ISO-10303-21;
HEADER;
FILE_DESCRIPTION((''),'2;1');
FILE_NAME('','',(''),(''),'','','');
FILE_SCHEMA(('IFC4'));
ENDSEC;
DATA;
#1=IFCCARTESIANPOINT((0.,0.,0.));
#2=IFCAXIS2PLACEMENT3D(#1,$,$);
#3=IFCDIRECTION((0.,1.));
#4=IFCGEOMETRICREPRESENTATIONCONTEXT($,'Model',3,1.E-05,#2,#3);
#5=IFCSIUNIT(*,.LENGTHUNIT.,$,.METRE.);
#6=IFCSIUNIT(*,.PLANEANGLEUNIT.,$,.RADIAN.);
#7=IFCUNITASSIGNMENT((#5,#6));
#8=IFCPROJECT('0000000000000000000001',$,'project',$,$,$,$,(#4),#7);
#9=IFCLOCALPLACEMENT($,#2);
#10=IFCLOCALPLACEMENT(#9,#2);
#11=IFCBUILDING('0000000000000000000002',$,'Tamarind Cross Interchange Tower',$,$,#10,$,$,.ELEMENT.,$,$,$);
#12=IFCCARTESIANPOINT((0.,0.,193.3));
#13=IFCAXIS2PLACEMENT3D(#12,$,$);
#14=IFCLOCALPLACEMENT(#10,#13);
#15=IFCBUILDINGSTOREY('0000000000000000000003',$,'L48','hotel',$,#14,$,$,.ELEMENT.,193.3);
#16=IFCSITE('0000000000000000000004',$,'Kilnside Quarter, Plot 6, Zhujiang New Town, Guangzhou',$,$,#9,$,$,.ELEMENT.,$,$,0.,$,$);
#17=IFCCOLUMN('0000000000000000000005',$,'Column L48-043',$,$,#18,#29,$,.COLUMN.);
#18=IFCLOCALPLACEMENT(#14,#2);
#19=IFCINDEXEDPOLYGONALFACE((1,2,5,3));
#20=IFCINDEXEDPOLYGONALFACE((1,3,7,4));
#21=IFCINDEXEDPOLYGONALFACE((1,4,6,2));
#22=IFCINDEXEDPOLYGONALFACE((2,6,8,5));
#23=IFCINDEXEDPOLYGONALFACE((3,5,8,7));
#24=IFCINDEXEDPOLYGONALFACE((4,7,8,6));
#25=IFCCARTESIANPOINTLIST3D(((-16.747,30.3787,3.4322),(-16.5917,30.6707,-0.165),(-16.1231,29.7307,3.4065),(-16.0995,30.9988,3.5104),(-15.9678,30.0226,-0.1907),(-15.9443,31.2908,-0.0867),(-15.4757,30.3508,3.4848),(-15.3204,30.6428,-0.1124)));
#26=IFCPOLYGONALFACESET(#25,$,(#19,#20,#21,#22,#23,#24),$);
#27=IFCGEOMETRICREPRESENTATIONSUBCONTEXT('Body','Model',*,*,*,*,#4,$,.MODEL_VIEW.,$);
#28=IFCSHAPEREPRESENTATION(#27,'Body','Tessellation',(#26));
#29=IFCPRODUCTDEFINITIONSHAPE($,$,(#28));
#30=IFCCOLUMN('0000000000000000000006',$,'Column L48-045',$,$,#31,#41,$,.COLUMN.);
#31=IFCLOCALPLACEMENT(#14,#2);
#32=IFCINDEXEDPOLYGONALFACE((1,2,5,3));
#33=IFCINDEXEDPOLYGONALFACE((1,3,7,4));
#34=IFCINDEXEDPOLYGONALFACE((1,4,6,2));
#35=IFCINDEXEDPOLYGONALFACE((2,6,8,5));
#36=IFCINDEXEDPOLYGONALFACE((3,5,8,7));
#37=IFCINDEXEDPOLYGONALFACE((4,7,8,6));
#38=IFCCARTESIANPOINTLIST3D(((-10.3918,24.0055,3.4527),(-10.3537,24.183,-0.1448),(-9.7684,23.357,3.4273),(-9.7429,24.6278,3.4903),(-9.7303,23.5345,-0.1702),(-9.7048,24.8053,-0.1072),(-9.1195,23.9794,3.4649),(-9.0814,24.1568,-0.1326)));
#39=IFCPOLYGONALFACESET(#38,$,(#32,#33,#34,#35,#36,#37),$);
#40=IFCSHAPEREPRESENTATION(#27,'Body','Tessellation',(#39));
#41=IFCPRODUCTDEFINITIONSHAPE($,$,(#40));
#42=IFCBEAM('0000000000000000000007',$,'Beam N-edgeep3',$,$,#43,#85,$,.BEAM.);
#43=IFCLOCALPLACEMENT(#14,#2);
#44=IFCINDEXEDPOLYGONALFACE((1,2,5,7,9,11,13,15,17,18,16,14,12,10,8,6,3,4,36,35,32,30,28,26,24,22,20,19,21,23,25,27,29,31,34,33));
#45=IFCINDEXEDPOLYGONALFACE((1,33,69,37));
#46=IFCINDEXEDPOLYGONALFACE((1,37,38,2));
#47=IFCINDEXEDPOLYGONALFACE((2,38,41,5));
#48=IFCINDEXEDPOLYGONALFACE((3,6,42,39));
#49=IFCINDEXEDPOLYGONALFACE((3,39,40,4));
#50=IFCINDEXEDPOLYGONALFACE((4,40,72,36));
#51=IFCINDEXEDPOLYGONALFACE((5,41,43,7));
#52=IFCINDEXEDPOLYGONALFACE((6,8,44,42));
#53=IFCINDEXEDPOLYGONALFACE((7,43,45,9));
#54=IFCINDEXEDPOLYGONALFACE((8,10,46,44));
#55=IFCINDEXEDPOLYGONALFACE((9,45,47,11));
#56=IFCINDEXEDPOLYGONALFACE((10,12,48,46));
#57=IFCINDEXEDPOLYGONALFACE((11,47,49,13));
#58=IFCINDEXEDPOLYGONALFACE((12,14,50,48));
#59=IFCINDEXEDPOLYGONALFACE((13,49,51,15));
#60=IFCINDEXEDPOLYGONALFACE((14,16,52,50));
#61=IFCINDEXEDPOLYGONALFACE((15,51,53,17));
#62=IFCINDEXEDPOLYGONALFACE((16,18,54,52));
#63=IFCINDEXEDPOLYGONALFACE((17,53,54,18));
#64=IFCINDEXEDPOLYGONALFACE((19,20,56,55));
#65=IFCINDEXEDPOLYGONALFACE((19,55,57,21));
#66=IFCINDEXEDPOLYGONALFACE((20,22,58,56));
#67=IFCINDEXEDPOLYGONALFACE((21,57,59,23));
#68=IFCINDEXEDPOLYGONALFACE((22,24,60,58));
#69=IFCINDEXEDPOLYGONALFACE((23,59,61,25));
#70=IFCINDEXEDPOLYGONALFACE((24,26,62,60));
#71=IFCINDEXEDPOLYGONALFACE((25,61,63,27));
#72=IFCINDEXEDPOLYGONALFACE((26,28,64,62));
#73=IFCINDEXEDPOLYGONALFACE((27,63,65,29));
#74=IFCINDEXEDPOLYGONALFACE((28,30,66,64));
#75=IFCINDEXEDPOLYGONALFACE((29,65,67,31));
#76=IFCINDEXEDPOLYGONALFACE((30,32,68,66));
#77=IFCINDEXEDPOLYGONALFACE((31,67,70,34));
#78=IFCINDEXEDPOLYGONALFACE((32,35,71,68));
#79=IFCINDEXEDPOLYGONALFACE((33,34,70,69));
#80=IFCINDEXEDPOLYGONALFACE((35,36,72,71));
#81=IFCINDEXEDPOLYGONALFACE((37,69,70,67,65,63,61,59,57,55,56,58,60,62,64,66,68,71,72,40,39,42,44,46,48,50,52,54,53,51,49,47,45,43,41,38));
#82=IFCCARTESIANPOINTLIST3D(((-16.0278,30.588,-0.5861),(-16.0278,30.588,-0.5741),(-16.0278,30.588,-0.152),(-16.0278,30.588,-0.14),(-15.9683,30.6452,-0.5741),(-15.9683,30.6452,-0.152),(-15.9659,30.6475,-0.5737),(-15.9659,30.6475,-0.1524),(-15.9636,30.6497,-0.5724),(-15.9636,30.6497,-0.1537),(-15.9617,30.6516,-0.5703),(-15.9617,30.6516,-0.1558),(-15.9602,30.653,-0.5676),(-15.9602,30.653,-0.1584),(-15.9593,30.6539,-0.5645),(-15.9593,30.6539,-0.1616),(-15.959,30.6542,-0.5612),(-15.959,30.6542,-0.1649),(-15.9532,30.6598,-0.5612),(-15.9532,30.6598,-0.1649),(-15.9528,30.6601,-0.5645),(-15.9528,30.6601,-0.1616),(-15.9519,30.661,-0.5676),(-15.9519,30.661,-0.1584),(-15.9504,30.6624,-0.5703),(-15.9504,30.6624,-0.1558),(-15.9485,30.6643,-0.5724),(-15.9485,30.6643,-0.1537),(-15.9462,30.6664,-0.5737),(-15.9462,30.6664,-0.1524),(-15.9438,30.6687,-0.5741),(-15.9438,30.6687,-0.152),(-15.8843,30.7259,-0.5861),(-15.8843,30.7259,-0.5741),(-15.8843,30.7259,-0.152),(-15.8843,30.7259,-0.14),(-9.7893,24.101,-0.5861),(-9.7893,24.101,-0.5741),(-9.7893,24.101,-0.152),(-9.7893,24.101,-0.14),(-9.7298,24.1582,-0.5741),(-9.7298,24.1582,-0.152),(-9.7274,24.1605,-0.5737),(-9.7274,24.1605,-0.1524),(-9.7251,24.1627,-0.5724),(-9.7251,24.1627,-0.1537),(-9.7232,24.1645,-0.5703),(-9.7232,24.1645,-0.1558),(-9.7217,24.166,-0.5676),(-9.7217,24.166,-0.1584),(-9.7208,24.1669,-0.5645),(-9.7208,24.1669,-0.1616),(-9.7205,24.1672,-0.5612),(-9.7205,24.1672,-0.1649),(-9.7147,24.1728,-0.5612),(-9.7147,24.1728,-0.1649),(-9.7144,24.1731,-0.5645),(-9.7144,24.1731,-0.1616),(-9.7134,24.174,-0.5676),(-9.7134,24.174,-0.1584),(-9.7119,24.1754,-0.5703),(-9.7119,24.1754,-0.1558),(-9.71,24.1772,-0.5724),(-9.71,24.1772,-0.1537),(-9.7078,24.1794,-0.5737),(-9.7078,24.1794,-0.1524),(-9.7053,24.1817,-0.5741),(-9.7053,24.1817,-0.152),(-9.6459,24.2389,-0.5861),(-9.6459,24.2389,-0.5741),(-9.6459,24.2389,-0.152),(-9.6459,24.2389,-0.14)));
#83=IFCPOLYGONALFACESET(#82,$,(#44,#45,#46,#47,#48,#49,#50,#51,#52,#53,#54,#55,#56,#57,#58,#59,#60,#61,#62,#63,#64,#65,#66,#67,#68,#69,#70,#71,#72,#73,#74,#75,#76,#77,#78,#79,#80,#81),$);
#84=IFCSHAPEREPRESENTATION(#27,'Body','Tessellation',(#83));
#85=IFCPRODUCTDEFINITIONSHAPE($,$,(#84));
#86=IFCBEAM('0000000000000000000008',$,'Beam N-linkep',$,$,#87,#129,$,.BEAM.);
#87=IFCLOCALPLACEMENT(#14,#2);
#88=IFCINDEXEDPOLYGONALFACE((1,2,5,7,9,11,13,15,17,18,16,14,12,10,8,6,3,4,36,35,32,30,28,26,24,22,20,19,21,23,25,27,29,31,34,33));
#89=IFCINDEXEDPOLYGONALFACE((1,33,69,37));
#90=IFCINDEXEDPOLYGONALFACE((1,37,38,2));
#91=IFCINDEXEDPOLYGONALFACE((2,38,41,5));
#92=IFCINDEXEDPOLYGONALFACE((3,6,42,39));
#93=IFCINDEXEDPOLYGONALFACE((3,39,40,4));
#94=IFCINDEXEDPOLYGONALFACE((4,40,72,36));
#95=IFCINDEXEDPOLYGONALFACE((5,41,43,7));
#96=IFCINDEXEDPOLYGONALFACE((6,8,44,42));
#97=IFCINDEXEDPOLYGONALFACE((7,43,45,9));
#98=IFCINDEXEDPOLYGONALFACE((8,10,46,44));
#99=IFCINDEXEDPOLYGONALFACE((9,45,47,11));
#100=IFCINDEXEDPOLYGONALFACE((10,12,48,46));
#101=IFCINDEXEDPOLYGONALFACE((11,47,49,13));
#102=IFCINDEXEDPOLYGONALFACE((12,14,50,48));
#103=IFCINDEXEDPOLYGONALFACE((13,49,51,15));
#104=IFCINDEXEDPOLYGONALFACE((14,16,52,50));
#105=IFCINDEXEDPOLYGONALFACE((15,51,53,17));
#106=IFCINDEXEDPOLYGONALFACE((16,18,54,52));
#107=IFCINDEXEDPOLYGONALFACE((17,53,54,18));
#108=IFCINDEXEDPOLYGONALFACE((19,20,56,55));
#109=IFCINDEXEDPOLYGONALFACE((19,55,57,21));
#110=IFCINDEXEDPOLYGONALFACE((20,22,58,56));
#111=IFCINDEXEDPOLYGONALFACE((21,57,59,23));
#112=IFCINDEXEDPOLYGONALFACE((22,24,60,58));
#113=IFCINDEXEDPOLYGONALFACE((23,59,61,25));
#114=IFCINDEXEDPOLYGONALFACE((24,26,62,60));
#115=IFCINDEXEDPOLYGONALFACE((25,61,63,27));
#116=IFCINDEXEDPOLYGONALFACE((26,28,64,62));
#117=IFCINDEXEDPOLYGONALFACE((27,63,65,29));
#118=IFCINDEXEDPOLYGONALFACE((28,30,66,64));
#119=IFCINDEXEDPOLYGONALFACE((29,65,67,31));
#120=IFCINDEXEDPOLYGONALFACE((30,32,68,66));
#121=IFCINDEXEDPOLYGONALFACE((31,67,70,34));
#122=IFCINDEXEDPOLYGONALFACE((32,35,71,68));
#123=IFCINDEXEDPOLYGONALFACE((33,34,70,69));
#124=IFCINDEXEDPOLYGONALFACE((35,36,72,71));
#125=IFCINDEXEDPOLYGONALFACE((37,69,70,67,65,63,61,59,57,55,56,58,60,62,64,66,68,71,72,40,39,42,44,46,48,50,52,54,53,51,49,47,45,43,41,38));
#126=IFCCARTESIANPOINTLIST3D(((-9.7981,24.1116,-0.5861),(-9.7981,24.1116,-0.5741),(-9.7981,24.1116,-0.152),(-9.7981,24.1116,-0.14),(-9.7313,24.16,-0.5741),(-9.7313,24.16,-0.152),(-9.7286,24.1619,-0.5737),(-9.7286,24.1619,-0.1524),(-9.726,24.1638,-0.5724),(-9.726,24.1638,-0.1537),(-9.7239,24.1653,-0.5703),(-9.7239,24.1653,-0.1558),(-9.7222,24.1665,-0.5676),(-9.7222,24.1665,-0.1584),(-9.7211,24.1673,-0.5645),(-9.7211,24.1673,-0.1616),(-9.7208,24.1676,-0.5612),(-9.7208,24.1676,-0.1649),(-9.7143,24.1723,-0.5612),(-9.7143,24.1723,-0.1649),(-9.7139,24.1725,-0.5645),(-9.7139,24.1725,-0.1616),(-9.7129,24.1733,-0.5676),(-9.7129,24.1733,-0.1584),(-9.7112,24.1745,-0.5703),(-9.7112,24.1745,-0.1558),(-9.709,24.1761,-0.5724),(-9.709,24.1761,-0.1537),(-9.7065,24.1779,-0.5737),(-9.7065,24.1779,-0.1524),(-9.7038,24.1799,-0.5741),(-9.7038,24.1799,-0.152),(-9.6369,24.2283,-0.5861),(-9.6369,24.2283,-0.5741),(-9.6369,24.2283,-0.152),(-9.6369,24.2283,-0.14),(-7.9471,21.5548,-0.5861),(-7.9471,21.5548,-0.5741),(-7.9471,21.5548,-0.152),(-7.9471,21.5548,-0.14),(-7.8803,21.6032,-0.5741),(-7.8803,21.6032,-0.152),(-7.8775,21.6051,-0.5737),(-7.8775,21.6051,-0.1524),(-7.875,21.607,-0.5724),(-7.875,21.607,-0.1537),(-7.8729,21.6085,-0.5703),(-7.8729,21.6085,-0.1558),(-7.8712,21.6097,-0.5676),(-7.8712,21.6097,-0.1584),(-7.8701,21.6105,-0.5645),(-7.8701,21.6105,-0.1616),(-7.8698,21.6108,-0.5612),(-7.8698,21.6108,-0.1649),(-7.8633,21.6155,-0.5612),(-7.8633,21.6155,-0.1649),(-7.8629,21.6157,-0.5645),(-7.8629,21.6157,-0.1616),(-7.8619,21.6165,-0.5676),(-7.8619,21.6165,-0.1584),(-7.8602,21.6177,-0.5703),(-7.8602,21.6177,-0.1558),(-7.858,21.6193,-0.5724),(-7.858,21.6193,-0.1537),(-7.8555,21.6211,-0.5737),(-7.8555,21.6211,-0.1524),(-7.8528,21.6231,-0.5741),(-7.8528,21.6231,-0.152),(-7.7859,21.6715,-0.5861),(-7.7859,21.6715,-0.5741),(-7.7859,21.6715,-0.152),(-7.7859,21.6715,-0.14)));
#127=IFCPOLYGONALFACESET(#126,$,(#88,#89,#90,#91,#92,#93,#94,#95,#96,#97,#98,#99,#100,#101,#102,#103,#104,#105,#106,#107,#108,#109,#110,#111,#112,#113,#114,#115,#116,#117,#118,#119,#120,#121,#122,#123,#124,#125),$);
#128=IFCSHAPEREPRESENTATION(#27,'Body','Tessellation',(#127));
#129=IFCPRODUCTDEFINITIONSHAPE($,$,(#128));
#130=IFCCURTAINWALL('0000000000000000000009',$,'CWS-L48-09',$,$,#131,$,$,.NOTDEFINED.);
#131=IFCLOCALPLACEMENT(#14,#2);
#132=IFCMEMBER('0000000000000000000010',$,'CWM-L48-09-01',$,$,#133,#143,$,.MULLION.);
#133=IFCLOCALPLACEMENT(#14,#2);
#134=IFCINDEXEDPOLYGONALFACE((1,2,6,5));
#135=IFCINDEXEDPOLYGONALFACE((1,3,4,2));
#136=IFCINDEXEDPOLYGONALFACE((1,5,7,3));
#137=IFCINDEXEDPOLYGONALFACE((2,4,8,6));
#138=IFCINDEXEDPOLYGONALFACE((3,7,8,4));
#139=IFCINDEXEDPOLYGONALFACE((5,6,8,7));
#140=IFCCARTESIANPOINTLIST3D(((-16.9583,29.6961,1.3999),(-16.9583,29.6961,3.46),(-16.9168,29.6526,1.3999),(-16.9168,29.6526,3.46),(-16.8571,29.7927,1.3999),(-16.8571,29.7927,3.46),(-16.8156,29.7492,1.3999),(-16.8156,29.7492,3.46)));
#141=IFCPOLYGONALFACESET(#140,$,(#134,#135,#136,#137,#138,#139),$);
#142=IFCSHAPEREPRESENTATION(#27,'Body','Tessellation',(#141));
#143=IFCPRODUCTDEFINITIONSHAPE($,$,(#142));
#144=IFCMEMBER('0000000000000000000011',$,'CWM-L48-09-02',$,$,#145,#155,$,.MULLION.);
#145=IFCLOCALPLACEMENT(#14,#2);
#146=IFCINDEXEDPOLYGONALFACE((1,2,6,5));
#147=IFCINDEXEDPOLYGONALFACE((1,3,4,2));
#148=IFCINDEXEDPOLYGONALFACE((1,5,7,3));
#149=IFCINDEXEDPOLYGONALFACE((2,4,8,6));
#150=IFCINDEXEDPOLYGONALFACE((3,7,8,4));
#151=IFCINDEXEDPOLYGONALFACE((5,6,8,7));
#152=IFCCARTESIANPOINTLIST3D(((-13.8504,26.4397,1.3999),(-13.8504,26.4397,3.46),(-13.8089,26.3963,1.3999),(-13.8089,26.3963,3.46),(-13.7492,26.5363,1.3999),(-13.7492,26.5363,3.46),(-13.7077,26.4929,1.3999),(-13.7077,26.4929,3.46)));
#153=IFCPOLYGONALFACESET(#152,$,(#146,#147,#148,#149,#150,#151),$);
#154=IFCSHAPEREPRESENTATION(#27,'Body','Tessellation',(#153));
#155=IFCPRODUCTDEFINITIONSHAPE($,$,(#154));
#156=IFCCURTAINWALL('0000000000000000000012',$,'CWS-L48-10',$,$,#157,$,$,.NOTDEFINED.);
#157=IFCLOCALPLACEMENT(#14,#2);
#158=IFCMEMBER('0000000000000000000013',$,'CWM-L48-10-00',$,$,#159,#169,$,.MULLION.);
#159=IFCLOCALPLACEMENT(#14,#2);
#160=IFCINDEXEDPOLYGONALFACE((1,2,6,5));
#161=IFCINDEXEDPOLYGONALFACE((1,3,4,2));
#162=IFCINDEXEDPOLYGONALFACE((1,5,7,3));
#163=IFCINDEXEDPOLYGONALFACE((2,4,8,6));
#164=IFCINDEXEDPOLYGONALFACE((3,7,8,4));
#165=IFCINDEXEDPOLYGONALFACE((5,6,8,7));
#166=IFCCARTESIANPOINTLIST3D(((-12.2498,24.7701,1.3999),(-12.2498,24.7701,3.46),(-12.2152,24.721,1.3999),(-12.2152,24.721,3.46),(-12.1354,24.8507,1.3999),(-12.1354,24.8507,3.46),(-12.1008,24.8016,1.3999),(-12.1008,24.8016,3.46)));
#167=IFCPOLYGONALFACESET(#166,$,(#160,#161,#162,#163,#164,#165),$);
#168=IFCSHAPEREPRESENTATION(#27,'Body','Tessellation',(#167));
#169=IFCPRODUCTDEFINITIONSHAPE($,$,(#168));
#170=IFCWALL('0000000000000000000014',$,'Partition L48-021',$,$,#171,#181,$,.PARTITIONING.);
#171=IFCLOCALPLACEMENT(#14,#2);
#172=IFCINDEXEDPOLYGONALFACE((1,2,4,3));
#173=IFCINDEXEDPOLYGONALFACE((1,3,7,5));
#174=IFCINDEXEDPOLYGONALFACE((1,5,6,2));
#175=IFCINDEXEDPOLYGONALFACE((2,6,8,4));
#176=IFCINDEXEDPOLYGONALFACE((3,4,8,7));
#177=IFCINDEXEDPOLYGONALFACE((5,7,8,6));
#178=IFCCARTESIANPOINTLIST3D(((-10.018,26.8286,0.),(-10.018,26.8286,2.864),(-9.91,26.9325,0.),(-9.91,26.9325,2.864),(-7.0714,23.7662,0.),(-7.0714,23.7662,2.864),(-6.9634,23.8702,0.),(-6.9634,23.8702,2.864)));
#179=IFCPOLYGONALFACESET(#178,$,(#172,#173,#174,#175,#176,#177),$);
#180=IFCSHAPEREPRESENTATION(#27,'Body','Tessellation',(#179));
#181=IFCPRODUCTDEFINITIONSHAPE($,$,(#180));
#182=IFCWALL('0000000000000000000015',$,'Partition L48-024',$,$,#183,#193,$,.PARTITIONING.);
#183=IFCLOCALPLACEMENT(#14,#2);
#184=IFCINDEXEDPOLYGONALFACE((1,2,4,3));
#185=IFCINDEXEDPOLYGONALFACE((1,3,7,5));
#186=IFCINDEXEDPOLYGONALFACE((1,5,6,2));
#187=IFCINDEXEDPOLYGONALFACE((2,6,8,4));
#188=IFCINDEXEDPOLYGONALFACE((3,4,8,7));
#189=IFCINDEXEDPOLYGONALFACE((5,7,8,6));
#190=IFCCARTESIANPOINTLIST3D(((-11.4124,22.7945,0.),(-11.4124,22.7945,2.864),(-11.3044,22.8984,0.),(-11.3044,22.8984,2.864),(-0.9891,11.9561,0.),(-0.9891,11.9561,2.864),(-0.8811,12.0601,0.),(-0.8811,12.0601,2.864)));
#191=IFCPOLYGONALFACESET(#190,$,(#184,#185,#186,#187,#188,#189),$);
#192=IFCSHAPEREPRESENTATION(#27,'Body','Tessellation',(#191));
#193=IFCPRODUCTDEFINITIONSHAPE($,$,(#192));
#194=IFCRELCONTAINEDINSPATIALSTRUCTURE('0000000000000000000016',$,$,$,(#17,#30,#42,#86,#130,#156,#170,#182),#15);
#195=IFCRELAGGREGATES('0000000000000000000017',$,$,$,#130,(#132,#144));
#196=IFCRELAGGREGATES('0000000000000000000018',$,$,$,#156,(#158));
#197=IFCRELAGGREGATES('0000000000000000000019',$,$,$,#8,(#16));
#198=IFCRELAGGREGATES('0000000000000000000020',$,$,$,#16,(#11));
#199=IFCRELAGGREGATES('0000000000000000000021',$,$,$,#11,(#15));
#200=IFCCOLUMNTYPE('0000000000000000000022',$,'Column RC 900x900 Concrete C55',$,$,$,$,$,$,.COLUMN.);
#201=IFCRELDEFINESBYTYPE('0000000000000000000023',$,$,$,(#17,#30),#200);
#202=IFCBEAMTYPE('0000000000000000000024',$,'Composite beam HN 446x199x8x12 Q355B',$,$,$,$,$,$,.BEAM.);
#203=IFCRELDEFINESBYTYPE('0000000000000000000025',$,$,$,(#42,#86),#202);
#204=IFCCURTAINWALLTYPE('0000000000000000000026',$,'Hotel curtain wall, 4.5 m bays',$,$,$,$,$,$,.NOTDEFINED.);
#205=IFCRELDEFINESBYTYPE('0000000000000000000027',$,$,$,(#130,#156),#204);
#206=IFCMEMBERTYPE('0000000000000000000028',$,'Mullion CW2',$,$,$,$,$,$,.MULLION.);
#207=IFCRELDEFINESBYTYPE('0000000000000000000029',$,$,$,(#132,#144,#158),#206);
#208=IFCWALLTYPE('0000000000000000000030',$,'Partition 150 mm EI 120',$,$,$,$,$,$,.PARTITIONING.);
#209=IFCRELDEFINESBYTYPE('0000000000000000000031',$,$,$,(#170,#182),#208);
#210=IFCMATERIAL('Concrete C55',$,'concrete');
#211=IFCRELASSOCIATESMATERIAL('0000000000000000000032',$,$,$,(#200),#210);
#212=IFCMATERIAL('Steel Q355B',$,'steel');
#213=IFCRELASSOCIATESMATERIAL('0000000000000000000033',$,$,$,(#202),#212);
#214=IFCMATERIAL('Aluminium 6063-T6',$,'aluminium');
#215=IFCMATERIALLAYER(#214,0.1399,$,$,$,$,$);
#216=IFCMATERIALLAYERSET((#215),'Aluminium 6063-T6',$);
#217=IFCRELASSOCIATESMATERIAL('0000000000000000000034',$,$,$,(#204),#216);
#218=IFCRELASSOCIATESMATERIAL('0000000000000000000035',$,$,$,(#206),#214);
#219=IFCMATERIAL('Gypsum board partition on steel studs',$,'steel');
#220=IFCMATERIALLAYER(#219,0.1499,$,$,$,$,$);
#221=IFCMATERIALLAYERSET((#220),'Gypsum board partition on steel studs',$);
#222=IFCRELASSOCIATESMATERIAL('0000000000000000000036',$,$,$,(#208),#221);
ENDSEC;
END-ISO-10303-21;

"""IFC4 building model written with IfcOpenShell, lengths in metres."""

from ifc_helpers import new_model, si_unit, direction, frame, frame_2d, origin, origin_2d, place, context, subcontext, project, spatial, rectangle, i_section, extrude, material, layer, layer_set, material_profile, profile_set, type_object, element, aggregate, save


model = new_model("IFC4")

# Units and contexts
model_context = context("Model", 3, precision=1e-05, world=origin(), true_north=direction((0.0, 1.0)))
body_context = subcontext(model_context, "Body", "Model", "MODEL_VIEW")
ifc_project = project(units=[si_unit("LENGTHUNIT", "METRE"), si_unit("PLANEANGLEUNIT", "RADIAN")], contexts=[model_context])

# Site, building, storey
site_placement = place(None, origin())
site = spatial("IfcSite", under=ifc_project, at=site_placement, Name="Kilnside Quarter, Plot 6, Zhujiang New Town, Guangzhou", CompositionType="ELEMENT", RefElevation=0.0)
building_placement = place(site_placement, origin())
building = spatial("IfcBuilding", under=site, at=building_placement, Name="Tamarind Cross Interchange Tower", CompositionType="ELEMENT")
storey_placement = place(building_placement, frame((0.0, 0.0, 193.3)))
storey = spatial("IfcBuildingStorey", under=building, at=storey_placement, Name="L48", Description="hotel", CompositionType="ELEMENT", Elevation=193.3)

# Columns
ifc_material_1 = material(Name="Concrete C55", Category="concrete")
ifc_material_profile_1 = material_profile(ifc_material_1, rectangle(XDim=0.8999, YDim=0.8999, at=origin_2d()), Name="RC 900x900")
ifc_profile_set_1 = profile_set([ifc_material_profile_1], Name="Concrete C55")
column_type = type_object("IfcColumnType", Name="Column RC 900x900 Concrete C55", PredefinedType="COLUMN", material=ifc_profile_set_1)
column_1_placement = place(storey_placement, frame((-15.9561, 30.6567, -0.1387), z_axis=(-0.042984, -0.080832, 0.9958), x_axis=(0.719424, 0.689103, 0.086991)))
element("IfcColumn", 1, at=column_1_placement, inside=storey, type_object=column_type, Name="Column L48-043", PredefinedType="COLUMN", context=body_context, shape_type="SweptSolid", body=[
    extrude(rectangle(XDim=0.8999, YDim=0.8999, at=origin_2d()), origin(), (0.0, 0.0, 1.0), 3.6123),
])
column_2_placement = place(storey_placement, frame((-9.7175, 24.1699, -0.1387), z_axis=(-0.010574, -0.049276, 0.998729), x_axis=(0.721102, 0.69157, 0.041755)))
element("IfcColumn", 2, at=column_2_placement, inside=storey, type_object=column_type, Name="Column L48-045", PredefinedType="COLUMN", context=body_context, shape_type="SweptSolid", body=[
    extrude(rectangle(XDim=0.8999, YDim=0.8999, at=origin_2d()), origin(), (0.0, 0.0, 1.0), 3.6021),
])

# Beams
ifc_material_2 = material(Name="Steel Q355B", Category="steel")
ifc_material_profile_2 = material_profile(ifc_material_2, i_section(OverallWidth=0.199, OverallDepth=0.446, WebThickness=0.0081, FlangeThickness=0.012, FilletRadius=0.0129, at=origin_2d()), Name="HN 446x199x8x12")
ifc_profile_set_2 = profile_set([ifc_material_profile_2], Name="Steel Q355B")
beam_type = type_object("IfcBeamType", Name="Composite beam HN 446x199x8x12 Q355B", PredefinedType="BEAM", material=ifc_profile_set_2)
beam_1_placement = place(storey_placement, frame((-15.9561, 30.657, -0.363), z_axis=(0.693165, -0.720779, 0.0), x_axis=(0.720779, 0.693165, 0.0)))
element("IfcBeam", 3, at=beam_1_placement, inside=storey, type_object=beam_type, Name="Beam N-edgeep3", PredefinedType="BEAM", context=body_context, shape_type="SweptSolid", body=[
    extrude(i_section(OverallWidth=0.199, OverallDepth=0.446, WebThickness=0.0081, FlangeThickness=0.012, FilletRadius=0.0129, at=origin_2d()), origin(), (0.0, 0.0, 1.0), 9.0),
])
beam_2_placement = place(storey_placement, frame((-9.7175, 24.1699, -0.363), z_axis=(0.586414, -0.810012, 0.0), x_axis=(0.810012, 0.586414, 0.0)))
element("IfcBeam", 4, at=beam_2_placement, inside=storey, type_object=beam_type, Name="Beam N-linkep", PredefinedType="BEAM", context=body_context, shape_type="SweptSolid", body=[
    extrude(i_section(OverallWidth=0.199, OverallDepth=0.446, WebThickness=0.0081, FlangeThickness=0.012, FilletRadius=0.0129, at=origin_2d()), origin(), (0.0, 0.0, 1.0), 3.1565),
])

# Curtain wall, members
ifc_material_3 = material(Name="Aluminium 6063-T6", Category="aluminium")
ifc_layer_1 = layer(ifc_material_3, 0.1399)
ifc_layer_set_1 = layer_set([ifc_layer_1], Name="Aluminium 6063-T6")
curtain_wall_type = type_object("IfcCurtainWallType", Name="Hotel curtain wall, 4.5 m bays", PredefinedType="NOTDEFINED", material=ifc_layer_set_1)
curtain_wall_1_placement = place(storey_placement, origin())
curtain_wall_1 = element("IfcCurtainWall", 5, at=curtain_wall_1_placement, inside=storey, type_object=curtain_wall_type, Name="CWS-L48-09", PredefinedType="NOTDEFINED")
ifc_material_profile_3 = material_profile(ifc_material_3, rectangle(XDim=0.0601, YDim=0.1399, at=origin_2d()), Name="Mullion CW2")
ifc_profile_set_3 = profile_set([ifc_material_profile_3], Name="Aluminium 6063-T6")
member_type = type_object("IfcMemberType", Name="Mullion CW2", PredefinedType="MULLION", material=ifc_profile_set_3)
member_1_placement = place(storey_placement, frame((-16.887, 29.7227, 1.3999), z_axis=(0.0, 0.0, 1.0), x_axis=(0.690434, -0.723395, 0.0)))
member_1 = element("IfcMember", 6, at=member_1_placement, type_object=member_type, Name="CWM-L48-09-01", PredefinedType="MULLION", context=body_context, shape_type="SweptSolid", body=[
    extrude(rectangle(XDim=0.0601, YDim=0.1399, at=origin_2d()), origin(), (0.0, 0.0, 1.0), 2.0601),
])
member_2_placement = place(storey_placement, frame((-13.7791, 26.4663, 1.3999), z_axis=(0.0, 0.0, 1.0), x_axis=(0.690434, -0.723395, 0.0)))
member_2 = element("IfcMember", 7, at=member_2_placement, type_object=member_type, Name="CWM-L48-09-02", PredefinedType="MULLION", context=body_context, shape_type="SweptSolid", body=[
    extrude(rectangle(XDim=0.0601, YDim=0.1399, at=origin_2d()), origin(), (0.0, 0.0, 1.0), 2.0601),
])
aggregate(curtain_wall_1, [member_1, member_2])

# Curtain wall, member
curtain_wall_2_placement = place(storey_placement, origin())
curtain_wall_2 = element("IfcCurtainWall", 8, at=curtain_wall_2_placement, inside=storey, type_object=curtain_wall_type, Name="CWS-L48-10", PredefinedType="NOTDEFINED")
member_3_placement = place(storey_placement, frame((-12.1753, 24.7859, 1.3999), z_axis=(0.0, 0.0, 1.0), x_axis=(0.576176, -0.817326, 0.0)))
member_3 = element("IfcMember", 9, at=member_3_placement, type_object=member_type, Name="CWM-L48-10-00", PredefinedType="MULLION", context=body_context, shape_type="SweptSolid", body=[
    extrude(rectangle(XDim=0.0601, YDim=0.1399, at=origin_2d()), origin(), (0.0, 0.0, 1.0), 2.0601),
])
aggregate(curtain_wall_2, [member_3])

# Walls
ifc_material_4 = material(Name="Gypsum board partition on steel studs", Category="steel")
ifc_layer_2 = layer(ifc_material_4, 0.1499)
ifc_layer_set_2 = layer_set([ifc_layer_2], Name="Gypsum board partition on steel studs")
wall_type = type_object("IfcWallType", Name="Partition 150 mm EI 120", PredefinedType="PARTITIONING", material=ifc_layer_set_2)
wall_1_placement = place(storey_placement, frame((-9.9641, 26.8806, 0.0), z_axis=(0.0, 0.0, 1.0), x_axis=(0.69336, -0.720591, 0.0)))
element("IfcWall", 10, at=wall_1_placement, inside=storey, type_object=wall_type, Name="Partition L48-021", PredefinedType="PARTITIONING", context=body_context, shape_type="SweptSolid", body=[
    extrude(rectangle(XDim=4.2498, YDim=0.1499, at=frame_2d((2.125, 0.0))), origin(), (0.0, 0.0, 1.0), 2.864),
])
wall_2_placement = place(storey_placement, frame((-11.3584, 22.8464, 0.0), z_axis=(0.0, 0.0, 1.0), x_axis=(0.693172, -0.720773, 0.0)))
element("IfcWall", 11, at=wall_2_placement, inside=storey, type_object=wall_type, Name="Partition L48-024", PredefinedType="PARTITIONING", context=body_context, shape_type="SweptSolid", body=[
    extrude(rectangle(XDim=15.0371, YDim=0.1499, at=frame_2d((7.5186, 0.0))), origin(), (0.0, 0.0, 1.0), 2.864),
])

save(model, "model.ifc")
